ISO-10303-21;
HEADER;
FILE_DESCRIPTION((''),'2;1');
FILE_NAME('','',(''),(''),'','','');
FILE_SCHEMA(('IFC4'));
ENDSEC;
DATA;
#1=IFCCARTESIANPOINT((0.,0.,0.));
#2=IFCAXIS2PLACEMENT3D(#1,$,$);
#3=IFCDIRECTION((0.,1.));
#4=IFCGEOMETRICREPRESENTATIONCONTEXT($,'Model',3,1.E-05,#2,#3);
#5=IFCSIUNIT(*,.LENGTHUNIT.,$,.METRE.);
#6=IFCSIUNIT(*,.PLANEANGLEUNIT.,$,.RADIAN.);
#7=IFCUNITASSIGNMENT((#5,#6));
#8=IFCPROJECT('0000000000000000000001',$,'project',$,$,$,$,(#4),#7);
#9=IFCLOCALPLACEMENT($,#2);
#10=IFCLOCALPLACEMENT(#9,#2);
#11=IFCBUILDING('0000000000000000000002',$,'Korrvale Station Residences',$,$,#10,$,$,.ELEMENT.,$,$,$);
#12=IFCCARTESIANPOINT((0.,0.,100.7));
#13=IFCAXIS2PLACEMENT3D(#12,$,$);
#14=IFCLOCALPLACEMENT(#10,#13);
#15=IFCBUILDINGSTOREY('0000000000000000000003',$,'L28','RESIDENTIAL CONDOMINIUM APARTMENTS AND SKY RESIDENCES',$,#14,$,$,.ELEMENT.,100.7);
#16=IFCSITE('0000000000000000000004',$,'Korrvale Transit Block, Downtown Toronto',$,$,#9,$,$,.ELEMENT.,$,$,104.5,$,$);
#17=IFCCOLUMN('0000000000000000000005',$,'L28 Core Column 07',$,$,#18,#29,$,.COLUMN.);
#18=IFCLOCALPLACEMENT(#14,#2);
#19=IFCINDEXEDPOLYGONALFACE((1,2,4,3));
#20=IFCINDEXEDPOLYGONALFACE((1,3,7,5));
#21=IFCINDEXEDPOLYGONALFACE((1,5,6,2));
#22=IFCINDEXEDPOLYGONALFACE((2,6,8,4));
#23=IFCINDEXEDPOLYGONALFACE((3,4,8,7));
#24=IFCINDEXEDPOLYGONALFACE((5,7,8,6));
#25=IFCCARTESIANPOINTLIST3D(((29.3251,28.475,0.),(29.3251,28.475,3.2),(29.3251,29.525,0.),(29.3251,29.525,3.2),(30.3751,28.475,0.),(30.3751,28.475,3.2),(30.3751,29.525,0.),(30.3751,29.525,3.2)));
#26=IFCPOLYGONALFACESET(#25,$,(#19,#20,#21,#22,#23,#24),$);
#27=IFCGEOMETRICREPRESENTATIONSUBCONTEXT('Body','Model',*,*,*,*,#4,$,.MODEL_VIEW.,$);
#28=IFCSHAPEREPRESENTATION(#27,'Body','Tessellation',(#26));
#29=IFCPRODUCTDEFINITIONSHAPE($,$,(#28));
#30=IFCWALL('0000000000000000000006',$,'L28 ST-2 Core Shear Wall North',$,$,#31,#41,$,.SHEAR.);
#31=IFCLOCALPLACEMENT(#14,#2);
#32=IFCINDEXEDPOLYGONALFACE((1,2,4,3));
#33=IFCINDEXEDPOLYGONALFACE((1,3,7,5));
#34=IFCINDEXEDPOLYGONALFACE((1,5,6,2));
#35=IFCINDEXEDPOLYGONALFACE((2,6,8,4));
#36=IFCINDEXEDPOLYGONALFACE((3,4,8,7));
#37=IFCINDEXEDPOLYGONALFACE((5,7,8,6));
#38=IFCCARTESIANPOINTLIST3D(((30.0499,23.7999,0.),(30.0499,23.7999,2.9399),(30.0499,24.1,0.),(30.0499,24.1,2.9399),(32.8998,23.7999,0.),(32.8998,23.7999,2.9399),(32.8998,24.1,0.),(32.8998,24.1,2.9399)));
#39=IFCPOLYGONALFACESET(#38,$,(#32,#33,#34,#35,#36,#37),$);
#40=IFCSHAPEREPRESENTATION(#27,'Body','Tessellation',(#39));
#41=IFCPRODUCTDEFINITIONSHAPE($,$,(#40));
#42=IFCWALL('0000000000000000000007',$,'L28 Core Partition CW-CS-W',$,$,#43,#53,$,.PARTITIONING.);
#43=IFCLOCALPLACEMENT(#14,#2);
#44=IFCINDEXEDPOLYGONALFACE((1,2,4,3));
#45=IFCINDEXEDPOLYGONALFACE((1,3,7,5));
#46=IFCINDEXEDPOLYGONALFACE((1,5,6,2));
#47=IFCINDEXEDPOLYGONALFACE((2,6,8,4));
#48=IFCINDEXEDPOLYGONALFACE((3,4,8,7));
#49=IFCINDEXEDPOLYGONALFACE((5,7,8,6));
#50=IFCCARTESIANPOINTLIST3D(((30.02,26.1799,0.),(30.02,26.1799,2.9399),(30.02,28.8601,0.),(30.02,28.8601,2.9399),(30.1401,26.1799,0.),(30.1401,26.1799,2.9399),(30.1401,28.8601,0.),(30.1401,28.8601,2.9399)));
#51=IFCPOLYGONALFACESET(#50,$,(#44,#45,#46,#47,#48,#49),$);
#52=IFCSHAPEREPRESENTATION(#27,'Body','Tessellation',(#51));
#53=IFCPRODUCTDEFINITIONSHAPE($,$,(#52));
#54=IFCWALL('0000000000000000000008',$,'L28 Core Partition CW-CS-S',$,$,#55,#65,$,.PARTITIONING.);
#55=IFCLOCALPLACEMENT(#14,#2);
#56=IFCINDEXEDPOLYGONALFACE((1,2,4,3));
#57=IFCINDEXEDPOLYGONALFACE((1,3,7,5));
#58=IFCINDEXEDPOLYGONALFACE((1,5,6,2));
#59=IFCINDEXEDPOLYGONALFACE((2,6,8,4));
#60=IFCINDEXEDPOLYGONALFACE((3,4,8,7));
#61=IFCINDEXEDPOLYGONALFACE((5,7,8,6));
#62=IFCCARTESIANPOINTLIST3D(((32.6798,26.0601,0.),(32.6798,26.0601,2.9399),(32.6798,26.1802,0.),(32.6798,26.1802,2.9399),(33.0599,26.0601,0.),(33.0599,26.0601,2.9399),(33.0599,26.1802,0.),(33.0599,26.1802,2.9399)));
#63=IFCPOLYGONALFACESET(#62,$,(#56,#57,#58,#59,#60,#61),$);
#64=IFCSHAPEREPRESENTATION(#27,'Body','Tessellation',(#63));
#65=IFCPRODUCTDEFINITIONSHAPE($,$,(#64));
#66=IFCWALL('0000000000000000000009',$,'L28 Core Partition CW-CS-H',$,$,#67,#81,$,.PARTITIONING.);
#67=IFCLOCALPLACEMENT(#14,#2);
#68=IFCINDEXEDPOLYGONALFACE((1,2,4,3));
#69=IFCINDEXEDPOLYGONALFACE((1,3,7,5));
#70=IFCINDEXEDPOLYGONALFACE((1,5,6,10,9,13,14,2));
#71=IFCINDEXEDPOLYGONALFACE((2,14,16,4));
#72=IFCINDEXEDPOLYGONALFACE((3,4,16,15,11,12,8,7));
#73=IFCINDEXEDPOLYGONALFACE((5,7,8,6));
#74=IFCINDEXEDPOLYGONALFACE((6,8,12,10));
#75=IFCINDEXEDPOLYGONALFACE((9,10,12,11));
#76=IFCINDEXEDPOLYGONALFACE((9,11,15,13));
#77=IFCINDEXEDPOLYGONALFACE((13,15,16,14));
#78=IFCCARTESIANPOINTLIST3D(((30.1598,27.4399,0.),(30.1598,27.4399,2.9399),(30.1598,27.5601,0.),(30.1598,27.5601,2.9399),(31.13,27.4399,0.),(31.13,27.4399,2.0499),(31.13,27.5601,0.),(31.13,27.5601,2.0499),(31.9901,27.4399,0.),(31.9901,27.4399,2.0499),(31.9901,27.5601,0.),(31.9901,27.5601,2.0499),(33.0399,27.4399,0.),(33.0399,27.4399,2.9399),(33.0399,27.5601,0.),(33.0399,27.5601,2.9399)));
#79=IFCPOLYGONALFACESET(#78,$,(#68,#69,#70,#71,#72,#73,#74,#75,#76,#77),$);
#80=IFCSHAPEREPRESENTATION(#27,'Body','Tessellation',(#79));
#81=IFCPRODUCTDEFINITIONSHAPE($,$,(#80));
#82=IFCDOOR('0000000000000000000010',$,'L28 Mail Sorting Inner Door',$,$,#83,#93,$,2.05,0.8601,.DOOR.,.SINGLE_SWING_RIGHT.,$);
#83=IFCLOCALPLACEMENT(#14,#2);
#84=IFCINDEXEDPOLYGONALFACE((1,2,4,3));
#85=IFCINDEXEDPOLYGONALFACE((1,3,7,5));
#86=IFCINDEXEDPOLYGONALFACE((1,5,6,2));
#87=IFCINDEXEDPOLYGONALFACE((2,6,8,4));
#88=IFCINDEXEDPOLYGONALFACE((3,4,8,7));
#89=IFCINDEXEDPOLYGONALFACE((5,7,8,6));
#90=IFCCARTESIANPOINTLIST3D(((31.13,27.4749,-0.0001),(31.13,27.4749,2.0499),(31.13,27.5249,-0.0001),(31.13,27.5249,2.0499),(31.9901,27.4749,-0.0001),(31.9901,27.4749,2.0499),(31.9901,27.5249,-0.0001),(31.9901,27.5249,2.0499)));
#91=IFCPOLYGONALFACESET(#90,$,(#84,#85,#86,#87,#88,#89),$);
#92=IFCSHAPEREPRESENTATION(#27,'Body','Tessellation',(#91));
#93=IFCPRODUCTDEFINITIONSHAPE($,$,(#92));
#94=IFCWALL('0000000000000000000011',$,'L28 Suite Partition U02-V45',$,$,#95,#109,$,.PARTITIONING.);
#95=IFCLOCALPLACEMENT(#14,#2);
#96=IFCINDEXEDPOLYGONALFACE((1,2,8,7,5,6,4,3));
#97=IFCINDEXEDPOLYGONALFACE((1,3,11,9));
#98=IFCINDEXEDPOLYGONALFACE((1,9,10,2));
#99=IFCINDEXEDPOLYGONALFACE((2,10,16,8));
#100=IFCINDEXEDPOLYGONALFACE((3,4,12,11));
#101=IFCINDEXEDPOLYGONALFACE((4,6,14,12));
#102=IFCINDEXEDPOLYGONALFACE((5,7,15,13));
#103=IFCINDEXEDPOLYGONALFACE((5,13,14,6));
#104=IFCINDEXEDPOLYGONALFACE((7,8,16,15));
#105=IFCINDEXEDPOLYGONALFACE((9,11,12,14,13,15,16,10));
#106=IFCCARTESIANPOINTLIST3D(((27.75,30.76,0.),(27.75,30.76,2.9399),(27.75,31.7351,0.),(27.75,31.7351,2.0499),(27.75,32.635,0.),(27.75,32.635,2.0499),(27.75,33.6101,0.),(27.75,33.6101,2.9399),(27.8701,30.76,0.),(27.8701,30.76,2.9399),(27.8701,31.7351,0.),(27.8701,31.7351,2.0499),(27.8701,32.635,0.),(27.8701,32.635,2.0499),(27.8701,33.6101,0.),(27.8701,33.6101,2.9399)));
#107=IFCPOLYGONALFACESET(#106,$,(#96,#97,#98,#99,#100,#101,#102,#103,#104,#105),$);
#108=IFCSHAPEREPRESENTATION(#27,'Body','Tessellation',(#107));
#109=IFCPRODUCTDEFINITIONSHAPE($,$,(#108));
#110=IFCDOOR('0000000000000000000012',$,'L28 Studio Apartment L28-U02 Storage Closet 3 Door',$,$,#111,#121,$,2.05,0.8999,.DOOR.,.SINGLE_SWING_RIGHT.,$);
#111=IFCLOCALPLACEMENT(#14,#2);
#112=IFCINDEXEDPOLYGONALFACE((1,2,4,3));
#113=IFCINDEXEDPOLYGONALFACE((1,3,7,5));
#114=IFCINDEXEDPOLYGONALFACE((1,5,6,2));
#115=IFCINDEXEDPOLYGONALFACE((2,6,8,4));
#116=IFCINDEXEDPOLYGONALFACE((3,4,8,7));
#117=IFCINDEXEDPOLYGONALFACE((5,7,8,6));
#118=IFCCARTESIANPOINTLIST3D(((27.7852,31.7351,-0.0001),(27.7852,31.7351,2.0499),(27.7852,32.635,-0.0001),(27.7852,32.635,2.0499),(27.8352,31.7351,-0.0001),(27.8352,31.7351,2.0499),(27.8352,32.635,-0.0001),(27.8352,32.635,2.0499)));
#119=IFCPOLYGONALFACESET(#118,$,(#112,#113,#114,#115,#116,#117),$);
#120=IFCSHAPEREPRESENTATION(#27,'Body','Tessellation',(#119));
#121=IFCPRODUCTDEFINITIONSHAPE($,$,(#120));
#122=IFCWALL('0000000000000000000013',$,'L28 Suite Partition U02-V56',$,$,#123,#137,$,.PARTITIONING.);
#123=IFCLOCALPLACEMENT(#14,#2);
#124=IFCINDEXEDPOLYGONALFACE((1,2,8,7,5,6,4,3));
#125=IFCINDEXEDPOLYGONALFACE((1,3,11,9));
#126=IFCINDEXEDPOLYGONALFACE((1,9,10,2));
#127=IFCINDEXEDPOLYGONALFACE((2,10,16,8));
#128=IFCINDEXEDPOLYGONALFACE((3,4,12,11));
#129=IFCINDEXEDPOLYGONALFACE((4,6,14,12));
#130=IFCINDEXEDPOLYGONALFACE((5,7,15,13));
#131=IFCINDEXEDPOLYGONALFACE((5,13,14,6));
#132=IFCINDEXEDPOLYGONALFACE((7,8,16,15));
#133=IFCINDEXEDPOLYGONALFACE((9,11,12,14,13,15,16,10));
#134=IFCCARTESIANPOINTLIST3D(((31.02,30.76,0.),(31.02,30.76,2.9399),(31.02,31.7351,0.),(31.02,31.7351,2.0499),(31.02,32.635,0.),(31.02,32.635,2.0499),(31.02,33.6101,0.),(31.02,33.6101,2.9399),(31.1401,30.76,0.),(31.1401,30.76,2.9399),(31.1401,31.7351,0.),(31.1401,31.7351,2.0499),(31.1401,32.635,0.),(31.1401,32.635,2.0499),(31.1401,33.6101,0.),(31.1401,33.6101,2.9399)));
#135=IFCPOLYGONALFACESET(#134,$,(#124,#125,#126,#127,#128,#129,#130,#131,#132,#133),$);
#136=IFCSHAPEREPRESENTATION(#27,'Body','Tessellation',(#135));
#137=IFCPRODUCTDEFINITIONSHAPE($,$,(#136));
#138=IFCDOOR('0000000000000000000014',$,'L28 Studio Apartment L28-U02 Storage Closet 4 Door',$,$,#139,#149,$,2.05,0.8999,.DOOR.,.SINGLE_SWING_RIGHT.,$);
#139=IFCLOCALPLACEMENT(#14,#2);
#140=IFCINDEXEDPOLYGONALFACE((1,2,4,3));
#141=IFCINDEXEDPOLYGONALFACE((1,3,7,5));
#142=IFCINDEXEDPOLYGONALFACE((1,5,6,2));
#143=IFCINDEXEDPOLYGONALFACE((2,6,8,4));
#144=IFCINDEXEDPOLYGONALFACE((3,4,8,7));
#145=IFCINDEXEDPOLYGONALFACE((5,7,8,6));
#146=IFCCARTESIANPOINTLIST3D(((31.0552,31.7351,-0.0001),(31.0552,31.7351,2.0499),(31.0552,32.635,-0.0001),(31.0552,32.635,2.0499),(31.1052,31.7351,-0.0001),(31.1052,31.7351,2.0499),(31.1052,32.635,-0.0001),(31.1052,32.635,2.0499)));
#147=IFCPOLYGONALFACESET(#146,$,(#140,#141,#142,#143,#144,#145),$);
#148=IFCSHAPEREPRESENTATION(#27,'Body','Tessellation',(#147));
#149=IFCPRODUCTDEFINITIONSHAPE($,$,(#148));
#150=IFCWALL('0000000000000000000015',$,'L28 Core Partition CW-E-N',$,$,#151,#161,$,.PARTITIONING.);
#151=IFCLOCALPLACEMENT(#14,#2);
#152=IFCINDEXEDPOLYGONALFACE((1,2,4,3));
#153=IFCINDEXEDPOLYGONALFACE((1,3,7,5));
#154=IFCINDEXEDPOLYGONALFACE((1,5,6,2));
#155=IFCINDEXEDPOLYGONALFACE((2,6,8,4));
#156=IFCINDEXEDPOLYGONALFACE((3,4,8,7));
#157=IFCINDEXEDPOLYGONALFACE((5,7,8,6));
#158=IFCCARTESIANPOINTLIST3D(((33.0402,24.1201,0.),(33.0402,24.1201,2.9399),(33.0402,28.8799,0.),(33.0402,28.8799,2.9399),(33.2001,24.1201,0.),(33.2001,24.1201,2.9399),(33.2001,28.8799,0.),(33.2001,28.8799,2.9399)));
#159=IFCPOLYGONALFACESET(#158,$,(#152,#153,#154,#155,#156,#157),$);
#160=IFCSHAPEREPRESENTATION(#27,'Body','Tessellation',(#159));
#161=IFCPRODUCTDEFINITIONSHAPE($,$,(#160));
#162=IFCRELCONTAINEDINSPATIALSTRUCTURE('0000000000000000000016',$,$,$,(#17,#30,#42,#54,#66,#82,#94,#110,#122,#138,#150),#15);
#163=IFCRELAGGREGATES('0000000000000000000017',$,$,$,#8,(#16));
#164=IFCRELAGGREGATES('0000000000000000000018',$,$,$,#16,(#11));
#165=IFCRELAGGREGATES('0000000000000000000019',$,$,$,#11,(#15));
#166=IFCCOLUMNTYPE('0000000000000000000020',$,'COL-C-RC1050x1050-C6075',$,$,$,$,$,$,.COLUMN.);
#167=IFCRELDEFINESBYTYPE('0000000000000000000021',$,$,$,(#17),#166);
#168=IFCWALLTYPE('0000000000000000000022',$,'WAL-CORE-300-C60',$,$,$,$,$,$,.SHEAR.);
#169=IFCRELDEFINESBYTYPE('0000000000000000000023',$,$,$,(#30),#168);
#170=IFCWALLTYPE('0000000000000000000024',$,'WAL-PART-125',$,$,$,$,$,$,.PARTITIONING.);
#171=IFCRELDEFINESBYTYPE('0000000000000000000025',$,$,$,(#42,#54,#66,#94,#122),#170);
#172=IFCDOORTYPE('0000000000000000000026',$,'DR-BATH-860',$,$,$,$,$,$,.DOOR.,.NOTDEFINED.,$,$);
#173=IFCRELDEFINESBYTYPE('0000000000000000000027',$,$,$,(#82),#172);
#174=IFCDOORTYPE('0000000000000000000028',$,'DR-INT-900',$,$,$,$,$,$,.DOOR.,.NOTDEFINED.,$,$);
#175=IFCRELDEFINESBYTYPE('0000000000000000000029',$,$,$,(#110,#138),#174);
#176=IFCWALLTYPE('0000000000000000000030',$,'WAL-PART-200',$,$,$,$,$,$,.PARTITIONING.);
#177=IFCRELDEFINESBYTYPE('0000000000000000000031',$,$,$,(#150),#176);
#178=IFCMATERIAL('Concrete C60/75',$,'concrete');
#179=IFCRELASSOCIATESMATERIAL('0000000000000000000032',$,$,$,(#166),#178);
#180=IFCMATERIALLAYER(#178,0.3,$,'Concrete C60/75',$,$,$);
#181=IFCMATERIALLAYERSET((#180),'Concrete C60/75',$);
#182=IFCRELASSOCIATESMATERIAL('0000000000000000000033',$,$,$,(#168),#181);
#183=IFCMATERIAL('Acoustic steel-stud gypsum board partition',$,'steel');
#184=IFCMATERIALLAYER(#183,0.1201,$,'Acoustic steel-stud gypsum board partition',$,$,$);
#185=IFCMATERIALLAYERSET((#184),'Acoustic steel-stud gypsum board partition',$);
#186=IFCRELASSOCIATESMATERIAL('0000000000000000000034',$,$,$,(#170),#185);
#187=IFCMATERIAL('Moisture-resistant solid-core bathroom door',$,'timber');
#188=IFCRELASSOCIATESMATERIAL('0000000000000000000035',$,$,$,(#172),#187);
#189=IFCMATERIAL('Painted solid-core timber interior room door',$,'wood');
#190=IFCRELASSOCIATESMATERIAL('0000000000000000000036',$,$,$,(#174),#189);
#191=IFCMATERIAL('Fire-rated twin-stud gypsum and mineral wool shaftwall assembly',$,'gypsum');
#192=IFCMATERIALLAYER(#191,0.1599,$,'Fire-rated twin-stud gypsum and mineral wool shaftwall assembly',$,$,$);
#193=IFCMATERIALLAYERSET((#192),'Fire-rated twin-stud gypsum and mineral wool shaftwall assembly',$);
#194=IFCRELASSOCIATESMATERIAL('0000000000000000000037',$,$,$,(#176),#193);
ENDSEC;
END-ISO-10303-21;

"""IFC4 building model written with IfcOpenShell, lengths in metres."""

from ifc_helpers import new_model, si_unit, direction, frame, frame_2d, origin, origin_2d, place, context, subcontext, project, spatial, rectangle, extrude, material, layer, layer_set, material_profile, profile_set, type_object, element, fill, save


model = new_model("IFC4")

# Units and contexts
model_context = context("Model", 3, precision=1e-05, world=origin(), true_north=direction((0.0, 1.0)))
body_context = subcontext(model_context, "Body", "Model", "MODEL_VIEW")
ifc_project = project(units=[si_unit("LENGTHUNIT", "METRE"), si_unit("PLANEANGLEUNIT", "RADIAN")], contexts=[model_context])

# Site, building, storey
site_placement = place(None, origin())
site = spatial("IfcSite", under=ifc_project, at=site_placement, Name="Korrvale Transit Block, Downtown Toronto", CompositionType="ELEMENT", RefElevation=104.5)
building_placement = place(site_placement, origin())
building = spatial("IfcBuilding", under=site, at=building_placement, Name="Korrvale Station Residences", CompositionType="ELEMENT")
storey_placement = place(building_placement, frame((0.0, 0.0, 100.7)))
storey = spatial("IfcBuildingStorey", under=building, at=storey_placement, Name="L28", Description="RESIDENTIAL CONDOMINIUM APARTMENTS AND SKY RESIDENCES", CompositionType="ELEMENT", Elevation=100.7)

# Column
ifc_material_1 = material(Name="Concrete C60/75", Category="concrete")
ifc_material_profile = material_profile(ifc_material_1, rectangle(XDim=1.05, YDim=1.05, at=origin_2d()), Name="RC1050x1050")
ifc_profile_set = profile_set([ifc_material_profile], Name="Concrete C60/75")
column_type = type_object("IfcColumnType", Name="COL-C-RC1050x1050-C6075", PredefinedType="COLUMN", material=ifc_profile_set)
column_placement = place(storey_placement, frame((29.8501, 29.0, 0.0), z_axis=(0.0, 0.0, 1.0), x_axis=(1.0, 0.0, 0.0)))
element("IfcColumn", 1, at=column_placement, inside=storey, type_object=column_type, Name="L28 Core Column 07", PredefinedType="COLUMN", context=body_context, shape_type="SweptSolid", body=[
    extrude(rectangle(XDim=1.05, YDim=1.05, at=origin_2d()), origin(), (0.0, 0.0, 1.0), 3.2),
])

# Walls
ifc_layer_1 = layer(ifc_material_1, 0.3, Name="Concrete C60/75")
ifc_layer_set_1 = layer_set([ifc_layer_1], Name="Concrete C60/75")
wall_type_1 = type_object("IfcWallType", Name="WAL-CORE-300-C60", PredefinedType="SHEAR", material=ifc_layer_set_1)
wall_1_placement = place(storey_placement, frame((30.05, 23.95, 0.0), z_axis=(0.0, 0.0, 1.0), x_axis=(1.0, 0.0, 0.0)))
element("IfcWall", 2, at=wall_1_placement, inside=storey, type_object=wall_type_1, Name="L28 ST-2 Core Shear Wall North", PredefinedType="SHEAR", context=body_context, shape_type="SweptSolid", body=[
    extrude(rectangle(XDim=2.8499, YDim=0.3, at=frame_2d((1.4248, 0.0))), origin(), (0.0, 0.0, 1.0), 2.9399),
])
ifc_material_2 = material(Name="Acoustic steel-stud gypsum board partition", Category="steel")
ifc_layer_2 = layer(ifc_material_2, 0.1201, Name="Acoustic steel-stud gypsum board partition")
ifc_layer_set_2 = layer_set([ifc_layer_2], Name="Acoustic steel-stud gypsum board partition")
wall_type_2 = type_object("IfcWallType", Name="WAL-PART-125", PredefinedType="PARTITIONING", material=ifc_layer_set_2)
wall_2_placement = place(storey_placement, frame((30.0801, 26.1799, 0.0), z_axis=(0.0, 0.0, 1.0), x_axis=(0.0, 1.0, 0.0)))
element("IfcWall", 3, at=wall_2_placement, inside=storey, type_object=wall_type_2, Name="L28 Core Partition CW-CS-W", PredefinedType="PARTITIONING", context=body_context, shape_type="SweptSolid", body=[
    extrude(rectangle(XDim=2.6802, YDim=0.1201, at=frame_2d((1.3401, 0.0))), origin(), (0.0, 0.0, 1.0), 2.9399),
])
wall_3_placement = place(storey_placement, frame((32.6799, 26.1201, 0.0), z_axis=(0.0, 0.0, 1.0), x_axis=(1.0, 0.0, 0.0)))
element("IfcWall", 4, at=wall_3_placement, inside=storey, type_object=wall_type_2, Name="L28 Core Partition CW-CS-S", PredefinedType="PARTITIONING", context=body_context, shape_type="SweptSolid", body=[
    extrude(rectangle(XDim=0.3801, YDim=0.1201, at=frame_2d((0.1899, 0.0))), origin(), (0.0, 0.0, 1.0), 2.9399),
])

# Walls, openings, doors
wall_4_placement = place(storey_placement, frame((30.1599, 27.5, 0.0), z_axis=(0.0, 0.0, 1.0), x_axis=(1.0, 0.0, 0.0)))
wall_4 = element("IfcWall", 5, at=wall_4_placement, inside=storey, type_object=wall_type_2, Name="L28 Core Partition CW-CS-H", PredefinedType="PARTITIONING", context=body_context, shape_type="SweptSolid", body=[
    extrude(rectangle(XDim=2.8801, YDim=0.1201, at=frame_2d((1.4399, 0.0))), origin(), (0.0, 0.0, 1.0), 2.9399),
])
opening_1_placement = place(wall_4_placement, frame((0.97, 0.0, 0.0)))
opening_1 = element("IfcOpeningElement", 6, at=opening_1_placement, cuts=wall_4, PredefinedType="OPENING", context=body_context, shape_type="SweptSolid", body=[
    extrude(rectangle(XDim=0.8601, YDim=2.05, at=frame_2d((0.4302, 1.0249))), frame((0.0, 0.0701, 0.0), z_axis=(0.0, -1.0, 0.0), x_axis=(1.0, 0.0, 0.0)), (0.0, 0.0, 1.0), 0.1401),
])
ifc_material_3 = material(Name="Moisture-resistant solid-core bathroom door", Category="timber")
door_type_1 = type_object("IfcDoorType", Name="DR-BATH-860", OperationType="NOTDEFINED", PredefinedType="DOOR", material=ifc_material_3)
door_1_placement = place(opening_1_placement, origin())
door_1 = element("IfcDoor", 7, at=door_1_placement, inside=storey, type_object=door_type_1, Name="L28 Mail Sorting Inner Door", OperationType="SINGLE_SWING_RIGHT", OverallHeight=2.05, OverallWidth=0.8601, PredefinedType="DOOR", context=body_context, shape_type="SweptSolid", body=[
    extrude(rectangle(XDim=0.8601, YDim=2.05, at=frame_2d((0.4302, 1.0249))), frame((0.0, 0.0249, 0.0), z_axis=(0.0, -1.0, 0.0), x_axis=(1.0, 0.0, 0.0)), (0.0, 0.0, 1.0), 0.05),
])
fill(opening_1, door_1)
wall_5_placement = place(storey_placement, frame((27.8101, 30.76, 0.0), z_axis=(0.0, 0.0, 1.0), x_axis=(0.0, 1.0, 0.0)))
wall_5 = element("IfcWall", 8, at=wall_5_placement, inside=storey, type_object=wall_type_2, Name="L28 Suite Partition U02-V45", PredefinedType="PARTITIONING", context=body_context, shape_type="SweptSolid", body=[
    extrude(rectangle(XDim=2.8501, YDim=0.1201, at=frame_2d((1.425, 0.0))), origin(), (0.0, 0.0, 1.0), 2.9399),
])
opening_2_placement = place(wall_5_placement, frame((0.9751, 0.0, 0.0)))
opening_2 = element("IfcOpeningElement", 9, at=opening_2_placement, cuts=wall_5, PredefinedType="OPENING", context=body_context, shape_type="SweptSolid", body=[
    extrude(rectangle(XDim=0.8999, YDim=2.05, at=frame_2d((0.45, 1.0249))), frame((0.0, 0.0701, 0.0), z_axis=(0.0, -1.0, 0.0), x_axis=(1.0, 0.0, 0.0)), (0.0, 0.0, 1.0), 0.1401),
])
ifc_material_4 = material(Name="Painted solid-core timber interior room door", Category="wood")
door_type_2 = type_object("IfcDoorType", Name="DR-INT-900", OperationType="NOTDEFINED", PredefinedType="DOOR", material=ifc_material_4)
door_2_placement = place(opening_2_placement, origin())
door_2 = element("IfcDoor", 10, at=door_2_placement, inside=storey, type_object=door_type_2, Name="L28 Studio Apartment L28-U02 Storage Closet 3 Door", OperationType="SINGLE_SWING_RIGHT", OverallHeight=2.05, OverallWidth=0.8999, PredefinedType="DOOR", context=body_context, shape_type="SweptSolid", body=[
    extrude(rectangle(XDim=0.8999, YDim=2.05, at=frame_2d((0.45, 1.0249))), frame((0.0, 0.0249, 0.0), z_axis=(0.0, -1.0, 0.0), x_axis=(1.0, 0.0, 0.0)), (0.0, 0.0, 1.0), 0.05),
])
fill(opening_2, door_2)
wall_6_placement = place(storey_placement, frame((31.0801, 30.76, 0.0), z_axis=(0.0, 0.0, 1.0), x_axis=(0.0, 1.0, 0.0)))
wall_6 = element("IfcWall", 11, at=wall_6_placement, inside=storey, type_object=wall_type_2, Name="L28 Suite Partition U02-V56", PredefinedType="PARTITIONING", context=body_context, shape_type="SweptSolid", body=[
    extrude(rectangle(XDim=2.8501, YDim=0.1201, at=frame_2d((1.425, 0.0))), origin(), (0.0, 0.0, 1.0), 2.9399),
])
opening_3_placement = place(wall_6_placement, frame((0.9751, 0.0, 0.0)))
opening_3 = element("IfcOpeningElement", 12, at=opening_3_placement, cuts=wall_6, PredefinedType="OPENING", context=body_context, shape_type="SweptSolid", body=[
    extrude(rectangle(XDim=0.8999, YDim=2.05, at=frame_2d((0.45, 1.0249))), frame((0.0, 0.0701, 0.0), z_axis=(0.0, -1.0, 0.0), x_axis=(1.0, 0.0, 0.0)), (0.0, 0.0, 1.0), 0.1401),
])
door_3_placement = place(opening_3_placement, origin())
door_3 = element("IfcDoor", 13, at=door_3_placement, inside=storey, type_object=door_type_2, Name="L28 Studio Apartment L28-U02 Storage Closet 4 Door", OperationType="SINGLE_SWING_RIGHT", OverallHeight=2.05, OverallWidth=0.8999, PredefinedType="DOOR", context=body_context, shape_type="SweptSolid", body=[
    extrude(rectangle(XDim=0.8999, YDim=2.05, at=frame_2d((0.45, 1.0249))), frame((0.0, 0.0249, 0.0), z_axis=(0.0, -1.0, 0.0), x_axis=(1.0, 0.0, 0.0)), (0.0, 0.0, 1.0), 0.05),
])
fill(opening_3, door_3)

# Wall
ifc_material_5 = material(Name="Fire-rated twin-stud gypsum and mineral wool shaftwall assembly", Category="gypsum")
ifc_layer_3 = layer(ifc_material_5, 0.1599, Name="Fire-rated twin-stud gypsum and mineral wool shaftwall assembly")
ifc_layer_set_3 = layer_set([ifc_layer_3], Name="Fire-rated twin-stud gypsum and mineral wool shaftwall assembly")
wall_type_3 = type_object("IfcWallType", Name="WAL-PART-200", PredefinedType="PARTITIONING", material=ifc_layer_set_3)
wall_7_placement = place(storey_placement, frame((33.1201, 24.1201, 0.0), z_axis=(0.0, 0.0, 1.0), x_axis=(0.0, 1.0, 0.0)))
element("IfcWall", 14, at=wall_7_placement, inside=storey, type_object=wall_type_3, Name="L28 Core Partition CW-E-N", PredefinedType="PARTITIONING", context=body_context, shape_type="SweptSolid", body=[
    extrude(rectangle(XDim=4.7598, YDim=0.1599, at=frame_2d((2.3799, 0.0))), origin(), (0.0, 0.0, 1.0), 2.9399),
])

save(model, "model.ifc")
